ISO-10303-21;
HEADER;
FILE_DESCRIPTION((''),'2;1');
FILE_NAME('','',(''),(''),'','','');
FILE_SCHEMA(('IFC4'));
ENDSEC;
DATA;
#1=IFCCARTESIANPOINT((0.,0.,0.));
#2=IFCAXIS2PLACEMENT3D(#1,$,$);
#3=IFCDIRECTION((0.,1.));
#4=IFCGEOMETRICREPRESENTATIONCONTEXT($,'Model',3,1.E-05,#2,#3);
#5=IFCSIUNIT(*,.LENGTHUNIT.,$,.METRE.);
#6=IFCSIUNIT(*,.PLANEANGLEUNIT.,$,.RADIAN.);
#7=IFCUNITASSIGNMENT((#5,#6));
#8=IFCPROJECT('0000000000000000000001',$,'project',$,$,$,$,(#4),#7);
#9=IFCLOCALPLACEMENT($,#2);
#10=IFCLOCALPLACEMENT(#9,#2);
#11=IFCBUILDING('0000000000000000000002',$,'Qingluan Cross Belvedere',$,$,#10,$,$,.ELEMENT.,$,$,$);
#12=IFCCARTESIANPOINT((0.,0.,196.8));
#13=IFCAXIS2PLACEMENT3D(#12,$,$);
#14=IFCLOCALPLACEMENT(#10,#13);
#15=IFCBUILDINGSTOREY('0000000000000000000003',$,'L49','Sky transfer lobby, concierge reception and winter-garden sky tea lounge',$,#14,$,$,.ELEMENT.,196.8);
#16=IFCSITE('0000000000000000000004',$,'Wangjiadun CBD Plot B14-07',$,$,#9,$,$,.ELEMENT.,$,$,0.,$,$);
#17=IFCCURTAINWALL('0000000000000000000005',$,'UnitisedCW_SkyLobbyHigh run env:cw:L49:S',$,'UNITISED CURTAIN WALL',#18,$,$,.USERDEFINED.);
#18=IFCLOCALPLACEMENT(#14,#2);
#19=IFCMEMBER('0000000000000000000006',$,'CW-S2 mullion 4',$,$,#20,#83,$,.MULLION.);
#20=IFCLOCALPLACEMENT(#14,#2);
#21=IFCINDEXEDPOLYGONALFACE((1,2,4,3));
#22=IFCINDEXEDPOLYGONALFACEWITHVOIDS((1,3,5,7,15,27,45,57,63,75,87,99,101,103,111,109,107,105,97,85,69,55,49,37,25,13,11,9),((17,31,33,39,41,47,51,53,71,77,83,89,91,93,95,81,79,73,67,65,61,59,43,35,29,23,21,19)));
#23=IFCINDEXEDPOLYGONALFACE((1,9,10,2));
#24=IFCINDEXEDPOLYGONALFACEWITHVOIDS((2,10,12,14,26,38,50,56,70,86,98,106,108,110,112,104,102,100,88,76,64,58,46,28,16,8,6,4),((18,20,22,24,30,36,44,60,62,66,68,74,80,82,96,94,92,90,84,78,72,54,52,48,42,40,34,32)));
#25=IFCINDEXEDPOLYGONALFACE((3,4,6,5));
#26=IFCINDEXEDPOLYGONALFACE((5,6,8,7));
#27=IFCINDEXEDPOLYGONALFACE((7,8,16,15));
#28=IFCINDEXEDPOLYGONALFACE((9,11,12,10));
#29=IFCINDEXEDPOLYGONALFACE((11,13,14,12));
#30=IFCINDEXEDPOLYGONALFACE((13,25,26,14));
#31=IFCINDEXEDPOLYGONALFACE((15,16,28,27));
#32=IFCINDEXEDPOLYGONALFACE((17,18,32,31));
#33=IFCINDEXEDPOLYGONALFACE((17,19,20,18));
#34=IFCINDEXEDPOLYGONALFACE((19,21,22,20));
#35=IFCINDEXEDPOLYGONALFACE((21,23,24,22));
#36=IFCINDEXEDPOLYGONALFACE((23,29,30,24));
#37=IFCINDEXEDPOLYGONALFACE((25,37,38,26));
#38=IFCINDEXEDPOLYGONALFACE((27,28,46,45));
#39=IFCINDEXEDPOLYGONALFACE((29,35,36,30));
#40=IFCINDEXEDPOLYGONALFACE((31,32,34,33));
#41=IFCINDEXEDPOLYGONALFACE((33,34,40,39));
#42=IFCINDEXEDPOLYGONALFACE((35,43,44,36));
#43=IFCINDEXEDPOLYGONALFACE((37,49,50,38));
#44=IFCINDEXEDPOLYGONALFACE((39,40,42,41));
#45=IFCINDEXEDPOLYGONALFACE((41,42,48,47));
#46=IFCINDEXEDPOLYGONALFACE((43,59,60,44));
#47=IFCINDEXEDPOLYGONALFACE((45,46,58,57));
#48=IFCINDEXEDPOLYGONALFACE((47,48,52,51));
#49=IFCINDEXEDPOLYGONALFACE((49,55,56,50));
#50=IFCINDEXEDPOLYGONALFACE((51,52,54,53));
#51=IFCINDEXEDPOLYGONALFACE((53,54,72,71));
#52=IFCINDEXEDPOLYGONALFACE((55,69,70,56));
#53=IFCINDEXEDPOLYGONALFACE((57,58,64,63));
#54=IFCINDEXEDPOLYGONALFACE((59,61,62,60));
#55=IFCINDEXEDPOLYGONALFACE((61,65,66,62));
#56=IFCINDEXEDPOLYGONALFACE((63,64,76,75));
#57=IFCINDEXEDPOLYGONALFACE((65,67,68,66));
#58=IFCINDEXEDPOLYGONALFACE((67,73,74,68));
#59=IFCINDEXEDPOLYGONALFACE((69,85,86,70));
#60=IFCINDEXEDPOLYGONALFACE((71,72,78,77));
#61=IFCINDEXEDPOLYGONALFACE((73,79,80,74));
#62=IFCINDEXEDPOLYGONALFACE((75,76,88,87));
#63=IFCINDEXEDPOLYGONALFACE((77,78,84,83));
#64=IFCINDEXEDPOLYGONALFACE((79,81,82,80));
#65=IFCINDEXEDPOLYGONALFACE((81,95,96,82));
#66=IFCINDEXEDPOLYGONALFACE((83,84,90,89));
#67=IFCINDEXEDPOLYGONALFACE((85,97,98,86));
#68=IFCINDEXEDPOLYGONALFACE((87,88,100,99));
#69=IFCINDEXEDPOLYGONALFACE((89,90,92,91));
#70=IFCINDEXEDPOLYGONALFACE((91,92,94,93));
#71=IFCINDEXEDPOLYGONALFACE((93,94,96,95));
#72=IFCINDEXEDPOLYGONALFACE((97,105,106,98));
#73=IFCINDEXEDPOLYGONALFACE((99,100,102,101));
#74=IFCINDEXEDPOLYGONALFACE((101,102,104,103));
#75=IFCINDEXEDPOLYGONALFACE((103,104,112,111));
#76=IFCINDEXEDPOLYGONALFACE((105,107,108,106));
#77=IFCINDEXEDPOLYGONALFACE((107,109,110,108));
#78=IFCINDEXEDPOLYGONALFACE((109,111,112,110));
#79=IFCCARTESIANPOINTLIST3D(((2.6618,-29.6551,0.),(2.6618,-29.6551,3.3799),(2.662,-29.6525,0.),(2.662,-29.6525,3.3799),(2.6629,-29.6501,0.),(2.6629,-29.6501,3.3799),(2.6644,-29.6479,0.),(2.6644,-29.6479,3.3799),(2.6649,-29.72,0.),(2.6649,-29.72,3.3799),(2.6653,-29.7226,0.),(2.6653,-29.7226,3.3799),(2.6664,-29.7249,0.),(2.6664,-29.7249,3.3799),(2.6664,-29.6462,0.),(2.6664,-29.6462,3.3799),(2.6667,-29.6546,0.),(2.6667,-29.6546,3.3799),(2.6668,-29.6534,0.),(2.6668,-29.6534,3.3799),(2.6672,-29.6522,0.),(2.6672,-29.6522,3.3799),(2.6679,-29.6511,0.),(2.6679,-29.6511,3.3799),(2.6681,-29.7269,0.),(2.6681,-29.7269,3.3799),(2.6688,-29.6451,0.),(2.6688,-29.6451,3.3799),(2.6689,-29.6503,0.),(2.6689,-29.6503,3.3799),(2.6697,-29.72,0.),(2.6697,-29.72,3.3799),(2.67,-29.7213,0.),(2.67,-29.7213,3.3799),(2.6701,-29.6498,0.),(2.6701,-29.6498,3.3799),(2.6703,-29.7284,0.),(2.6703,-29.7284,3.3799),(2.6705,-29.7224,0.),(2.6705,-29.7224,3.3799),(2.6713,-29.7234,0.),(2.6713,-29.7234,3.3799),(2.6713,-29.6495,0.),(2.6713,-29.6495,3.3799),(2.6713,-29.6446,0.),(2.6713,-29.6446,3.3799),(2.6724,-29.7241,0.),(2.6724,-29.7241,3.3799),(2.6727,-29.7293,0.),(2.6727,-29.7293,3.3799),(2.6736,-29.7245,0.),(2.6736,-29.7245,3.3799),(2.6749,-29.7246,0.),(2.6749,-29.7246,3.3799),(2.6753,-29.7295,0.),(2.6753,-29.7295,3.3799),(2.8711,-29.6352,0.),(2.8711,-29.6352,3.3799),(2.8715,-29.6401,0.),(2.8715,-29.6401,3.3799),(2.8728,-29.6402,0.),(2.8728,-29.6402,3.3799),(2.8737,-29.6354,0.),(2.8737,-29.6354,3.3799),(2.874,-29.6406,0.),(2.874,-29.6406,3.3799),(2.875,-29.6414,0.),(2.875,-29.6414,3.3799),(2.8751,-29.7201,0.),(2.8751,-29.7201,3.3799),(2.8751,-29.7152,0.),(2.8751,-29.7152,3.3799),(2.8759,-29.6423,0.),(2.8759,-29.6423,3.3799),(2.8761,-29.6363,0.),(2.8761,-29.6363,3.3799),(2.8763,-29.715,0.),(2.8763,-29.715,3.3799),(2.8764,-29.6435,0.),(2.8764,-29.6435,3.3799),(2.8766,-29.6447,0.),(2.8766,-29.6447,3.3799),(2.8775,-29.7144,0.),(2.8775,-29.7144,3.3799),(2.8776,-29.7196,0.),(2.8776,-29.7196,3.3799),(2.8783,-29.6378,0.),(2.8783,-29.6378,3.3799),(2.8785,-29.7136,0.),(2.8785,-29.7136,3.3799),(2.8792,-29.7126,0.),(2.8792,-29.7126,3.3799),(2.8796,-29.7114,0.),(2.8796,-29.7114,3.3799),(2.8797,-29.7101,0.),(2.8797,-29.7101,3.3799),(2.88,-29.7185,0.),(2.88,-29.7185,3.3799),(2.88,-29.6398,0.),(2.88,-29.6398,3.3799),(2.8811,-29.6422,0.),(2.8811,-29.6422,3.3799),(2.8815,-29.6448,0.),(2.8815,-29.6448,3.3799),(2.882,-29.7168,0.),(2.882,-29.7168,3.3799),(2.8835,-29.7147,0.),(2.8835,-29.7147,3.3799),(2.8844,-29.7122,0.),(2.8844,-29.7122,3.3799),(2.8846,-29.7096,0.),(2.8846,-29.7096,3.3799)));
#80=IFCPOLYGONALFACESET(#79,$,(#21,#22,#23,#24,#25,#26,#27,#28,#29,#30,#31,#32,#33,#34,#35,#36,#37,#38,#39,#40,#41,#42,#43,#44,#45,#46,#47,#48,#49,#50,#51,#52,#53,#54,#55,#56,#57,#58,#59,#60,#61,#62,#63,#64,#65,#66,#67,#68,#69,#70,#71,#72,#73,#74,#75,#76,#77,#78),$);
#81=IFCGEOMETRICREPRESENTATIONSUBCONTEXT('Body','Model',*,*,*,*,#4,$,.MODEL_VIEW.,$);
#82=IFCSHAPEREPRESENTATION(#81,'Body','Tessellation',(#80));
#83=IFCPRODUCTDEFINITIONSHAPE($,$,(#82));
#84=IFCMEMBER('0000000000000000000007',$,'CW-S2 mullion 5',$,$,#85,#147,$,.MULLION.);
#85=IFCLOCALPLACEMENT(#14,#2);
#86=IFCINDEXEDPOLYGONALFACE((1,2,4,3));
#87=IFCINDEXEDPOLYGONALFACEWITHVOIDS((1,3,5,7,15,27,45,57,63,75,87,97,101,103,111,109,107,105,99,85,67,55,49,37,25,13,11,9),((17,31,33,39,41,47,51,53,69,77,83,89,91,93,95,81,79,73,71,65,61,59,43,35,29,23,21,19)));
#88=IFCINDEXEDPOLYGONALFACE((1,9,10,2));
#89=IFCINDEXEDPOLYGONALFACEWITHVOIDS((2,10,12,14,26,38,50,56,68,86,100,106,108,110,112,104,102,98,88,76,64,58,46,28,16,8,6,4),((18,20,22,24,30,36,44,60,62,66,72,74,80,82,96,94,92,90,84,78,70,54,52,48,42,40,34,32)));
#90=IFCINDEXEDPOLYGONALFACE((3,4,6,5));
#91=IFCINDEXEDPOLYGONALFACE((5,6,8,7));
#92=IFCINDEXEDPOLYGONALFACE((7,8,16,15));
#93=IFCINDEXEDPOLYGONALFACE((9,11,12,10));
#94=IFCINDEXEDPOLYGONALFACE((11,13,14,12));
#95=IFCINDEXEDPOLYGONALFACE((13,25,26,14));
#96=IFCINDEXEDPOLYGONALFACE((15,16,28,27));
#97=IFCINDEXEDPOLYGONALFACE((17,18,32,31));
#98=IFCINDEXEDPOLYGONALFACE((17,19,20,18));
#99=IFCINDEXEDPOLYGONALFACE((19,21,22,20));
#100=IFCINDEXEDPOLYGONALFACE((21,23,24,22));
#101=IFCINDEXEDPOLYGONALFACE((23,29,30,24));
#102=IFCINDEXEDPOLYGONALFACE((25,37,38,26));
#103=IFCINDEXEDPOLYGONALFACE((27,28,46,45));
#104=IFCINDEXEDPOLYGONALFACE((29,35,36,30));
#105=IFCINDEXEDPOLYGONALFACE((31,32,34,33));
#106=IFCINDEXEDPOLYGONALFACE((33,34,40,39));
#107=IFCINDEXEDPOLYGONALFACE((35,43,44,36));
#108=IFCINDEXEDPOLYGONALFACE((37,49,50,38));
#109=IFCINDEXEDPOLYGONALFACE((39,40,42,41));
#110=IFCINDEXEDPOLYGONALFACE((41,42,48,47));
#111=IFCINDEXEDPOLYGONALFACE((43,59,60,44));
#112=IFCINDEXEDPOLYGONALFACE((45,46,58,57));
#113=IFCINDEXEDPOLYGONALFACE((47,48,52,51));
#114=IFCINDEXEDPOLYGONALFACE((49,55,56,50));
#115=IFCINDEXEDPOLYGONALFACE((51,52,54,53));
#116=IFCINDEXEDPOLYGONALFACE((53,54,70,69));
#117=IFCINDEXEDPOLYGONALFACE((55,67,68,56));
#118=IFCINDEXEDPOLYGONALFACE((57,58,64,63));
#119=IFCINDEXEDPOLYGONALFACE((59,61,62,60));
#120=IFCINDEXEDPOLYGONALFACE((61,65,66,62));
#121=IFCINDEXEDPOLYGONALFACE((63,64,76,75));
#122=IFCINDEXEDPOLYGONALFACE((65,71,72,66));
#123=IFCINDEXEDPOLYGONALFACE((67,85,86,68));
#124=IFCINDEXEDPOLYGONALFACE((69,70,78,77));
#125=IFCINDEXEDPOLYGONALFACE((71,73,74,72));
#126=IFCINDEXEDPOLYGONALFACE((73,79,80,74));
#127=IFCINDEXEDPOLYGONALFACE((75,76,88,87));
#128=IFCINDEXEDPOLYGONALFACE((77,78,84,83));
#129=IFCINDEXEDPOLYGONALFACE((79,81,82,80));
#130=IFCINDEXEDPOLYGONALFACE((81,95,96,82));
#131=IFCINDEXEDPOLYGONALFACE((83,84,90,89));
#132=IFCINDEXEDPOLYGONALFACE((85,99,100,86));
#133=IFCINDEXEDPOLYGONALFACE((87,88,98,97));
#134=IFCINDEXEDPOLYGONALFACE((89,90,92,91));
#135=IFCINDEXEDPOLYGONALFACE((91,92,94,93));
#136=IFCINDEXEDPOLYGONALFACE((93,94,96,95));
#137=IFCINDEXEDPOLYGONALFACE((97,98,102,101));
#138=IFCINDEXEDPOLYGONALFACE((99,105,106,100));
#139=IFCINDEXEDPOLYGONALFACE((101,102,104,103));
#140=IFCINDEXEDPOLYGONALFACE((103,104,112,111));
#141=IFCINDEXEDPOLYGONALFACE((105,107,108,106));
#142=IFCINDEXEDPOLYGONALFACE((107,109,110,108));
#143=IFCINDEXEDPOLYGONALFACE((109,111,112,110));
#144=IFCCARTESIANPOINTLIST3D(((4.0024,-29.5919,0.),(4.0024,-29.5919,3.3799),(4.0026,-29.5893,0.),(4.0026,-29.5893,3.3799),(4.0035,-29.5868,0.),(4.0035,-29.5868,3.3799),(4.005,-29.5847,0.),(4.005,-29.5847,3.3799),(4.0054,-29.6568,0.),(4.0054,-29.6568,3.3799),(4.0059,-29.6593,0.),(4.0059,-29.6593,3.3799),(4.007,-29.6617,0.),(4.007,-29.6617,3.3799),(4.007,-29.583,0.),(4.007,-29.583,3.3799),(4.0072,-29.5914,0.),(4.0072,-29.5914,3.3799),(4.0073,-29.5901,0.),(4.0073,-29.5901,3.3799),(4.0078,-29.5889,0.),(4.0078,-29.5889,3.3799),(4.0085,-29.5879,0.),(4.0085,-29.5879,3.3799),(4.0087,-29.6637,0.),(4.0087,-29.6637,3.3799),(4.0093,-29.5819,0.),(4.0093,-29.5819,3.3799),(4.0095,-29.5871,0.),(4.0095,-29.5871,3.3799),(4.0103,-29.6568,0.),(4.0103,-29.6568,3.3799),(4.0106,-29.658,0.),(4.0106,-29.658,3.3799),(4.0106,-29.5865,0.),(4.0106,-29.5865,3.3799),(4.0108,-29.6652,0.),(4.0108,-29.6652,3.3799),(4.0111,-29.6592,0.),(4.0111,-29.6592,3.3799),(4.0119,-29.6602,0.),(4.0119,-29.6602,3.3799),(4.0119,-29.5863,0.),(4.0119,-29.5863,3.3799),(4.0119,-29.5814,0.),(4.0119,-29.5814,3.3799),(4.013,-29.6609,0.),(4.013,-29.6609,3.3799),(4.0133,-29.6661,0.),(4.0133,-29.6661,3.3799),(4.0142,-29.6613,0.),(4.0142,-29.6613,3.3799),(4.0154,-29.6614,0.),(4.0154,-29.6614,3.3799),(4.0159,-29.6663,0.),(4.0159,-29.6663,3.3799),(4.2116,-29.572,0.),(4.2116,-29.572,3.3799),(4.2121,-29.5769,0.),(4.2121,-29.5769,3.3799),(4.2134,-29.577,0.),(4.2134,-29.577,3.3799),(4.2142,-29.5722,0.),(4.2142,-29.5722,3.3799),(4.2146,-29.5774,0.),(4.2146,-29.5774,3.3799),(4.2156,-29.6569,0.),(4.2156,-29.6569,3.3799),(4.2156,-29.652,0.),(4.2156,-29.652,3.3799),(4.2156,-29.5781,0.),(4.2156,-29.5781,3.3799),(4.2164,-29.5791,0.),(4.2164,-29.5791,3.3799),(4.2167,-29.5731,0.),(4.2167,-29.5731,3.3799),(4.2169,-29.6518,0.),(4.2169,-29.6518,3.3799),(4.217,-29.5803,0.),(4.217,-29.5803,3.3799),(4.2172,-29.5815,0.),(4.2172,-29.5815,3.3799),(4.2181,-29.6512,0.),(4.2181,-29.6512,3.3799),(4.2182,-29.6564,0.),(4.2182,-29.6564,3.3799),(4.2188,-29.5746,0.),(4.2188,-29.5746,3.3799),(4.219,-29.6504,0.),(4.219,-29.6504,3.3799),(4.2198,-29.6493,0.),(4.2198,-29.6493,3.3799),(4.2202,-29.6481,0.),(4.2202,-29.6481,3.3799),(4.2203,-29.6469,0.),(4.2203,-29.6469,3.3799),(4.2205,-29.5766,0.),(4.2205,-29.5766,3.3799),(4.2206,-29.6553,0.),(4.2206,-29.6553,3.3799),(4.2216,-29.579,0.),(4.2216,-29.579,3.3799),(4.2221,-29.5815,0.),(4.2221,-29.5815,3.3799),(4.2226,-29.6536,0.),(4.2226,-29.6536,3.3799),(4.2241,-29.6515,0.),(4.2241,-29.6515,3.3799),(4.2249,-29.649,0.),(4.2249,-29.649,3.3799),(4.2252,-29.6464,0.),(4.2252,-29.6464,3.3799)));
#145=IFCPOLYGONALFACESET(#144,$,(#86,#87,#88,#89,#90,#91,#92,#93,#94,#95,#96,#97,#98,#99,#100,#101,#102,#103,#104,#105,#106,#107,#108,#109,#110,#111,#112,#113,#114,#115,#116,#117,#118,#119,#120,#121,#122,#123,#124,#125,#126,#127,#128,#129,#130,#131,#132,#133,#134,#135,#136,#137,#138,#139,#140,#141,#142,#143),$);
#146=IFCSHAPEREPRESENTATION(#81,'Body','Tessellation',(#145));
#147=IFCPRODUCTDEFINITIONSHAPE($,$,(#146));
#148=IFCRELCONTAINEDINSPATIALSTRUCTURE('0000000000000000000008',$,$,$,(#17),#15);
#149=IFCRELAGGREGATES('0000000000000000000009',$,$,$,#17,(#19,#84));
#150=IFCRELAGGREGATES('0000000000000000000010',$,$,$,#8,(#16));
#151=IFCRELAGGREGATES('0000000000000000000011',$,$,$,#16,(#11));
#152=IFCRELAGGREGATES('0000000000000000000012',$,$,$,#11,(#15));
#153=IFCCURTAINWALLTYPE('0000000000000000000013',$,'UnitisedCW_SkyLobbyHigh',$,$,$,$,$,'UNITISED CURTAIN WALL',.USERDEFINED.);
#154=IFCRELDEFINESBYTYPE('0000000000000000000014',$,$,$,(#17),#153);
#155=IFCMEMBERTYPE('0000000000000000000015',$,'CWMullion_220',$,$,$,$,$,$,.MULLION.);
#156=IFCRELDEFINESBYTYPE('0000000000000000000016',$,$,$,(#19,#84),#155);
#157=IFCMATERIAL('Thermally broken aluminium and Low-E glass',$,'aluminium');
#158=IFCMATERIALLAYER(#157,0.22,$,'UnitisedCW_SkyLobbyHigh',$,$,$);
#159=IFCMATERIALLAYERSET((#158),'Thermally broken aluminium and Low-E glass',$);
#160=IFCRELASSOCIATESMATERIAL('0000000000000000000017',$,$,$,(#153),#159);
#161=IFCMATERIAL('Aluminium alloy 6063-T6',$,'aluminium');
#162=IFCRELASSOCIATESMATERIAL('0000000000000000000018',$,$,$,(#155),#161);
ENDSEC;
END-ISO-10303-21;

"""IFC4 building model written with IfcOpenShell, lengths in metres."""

from ifc_helpers import new_model, si_unit, direction, frame, origin, origin_2d, place, context, subcontext, project, spatial, hollow_rectangle, extrude, material, layer, layer_set, material_profile, profile_set, type_object, element, aggregate, save


model = new_model("IFC4")

# Units and contexts
model_context = context("Model", 3, precision=1e-05, world=origin(), true_north=direction((0.0, 1.0)))
body_context = subcontext(model_context, "Body", "Model", "MODEL_VIEW")
ifc_project = project(units=[si_unit("LENGTHUNIT", "METRE"), si_unit("PLANEANGLEUNIT", "RADIAN")], contexts=[model_context])

# Site, building, storey
site_placement = place(None, origin())
site = spatial("IfcSite", under=ifc_project, at=site_placement, Name="Wangjiadun CBD Plot B14-07", CompositionType="ELEMENT", RefElevation=0.0)
building_placement = place(site_placement, origin())
building = spatial("IfcBuilding", under=site, at=building_placement, Name="Qingluan Cross Belvedere", CompositionType="ELEMENT")
storey_placement = place(building_placement, frame((0.0, 0.0, 196.8)))
storey = spatial("IfcBuildingStorey", under=building, at=storey_placement, Name="L49", Description="Sky transfer lobby, concierge reception and winter-garden sky tea lounge", CompositionType="ELEMENT", Elevation=196.8)

# Curtain wall, members
ifc_material_1 = material(Name="Thermally broken aluminium and Low-E glass", Category="aluminium")
ifc_layer_1 = layer(ifc_material_1, 0.22, Name="UnitisedCW_SkyLobbyHigh")
ifc_layer_set_1 = layer_set([ifc_layer_1], Name="Thermally broken aluminium and Low-E glass")
curtain_wall_type = type_object("IfcCurtainWallType", Name="UnitisedCW_SkyLobbyHigh", ElementType="UNITISED CURTAIN WALL", PredefinedType="USERDEFINED", material=ifc_layer_set_1)
curtain_wall_placement = place(storey_placement, origin())
curtain_wall = element("IfcCurtainWall", 1, at=curtain_wall_placement, inside=storey, type_object=curtain_wall_type, Name="UnitisedCW_SkyLobbyHigh run env:cw:L49:S", ObjectType="UNITISED CURTAIN WALL", PredefinedType="USERDEFINED")
ifc_material_2 = material(Name="Aluminium alloy 6063-T6", Category="aluminium")
ifc_material_profile_1 = material_profile(ifc_material_2, hollow_rectangle(XDim=0.085, YDim=0.22, WallThickness=0.0049, InnerFilletRadius=0.0049, OuterFilletRadius=0.01, at=origin_2d()), Name="CWM220x85x5")
ifc_profile_set_1 = profile_set([ifc_material_profile_1], Name="Aluminium alloy 6063-T6")
member_type_1 = type_object("IfcMemberType", Name="CWMullion_220", PredefinedType="MULLION", material=ifc_profile_set_1)
member_1_placement = place(storey_placement, frame((2.7732, -29.6824, 0.0), z_axis=(0.0, 0.0, 1.0), x_axis=(-0.047102, 0.99889, 0.0)))
member_1 = element("IfcMember", 2, at=member_1_placement, type_object=member_type_1, Name="CW-S2 mullion 4", PredefinedType="MULLION", context=body_context, shape_type="SweptSolid", body=[
    extrude(hollow_rectangle(XDim=0.085, YDim=0.22, WallThickness=0.0049, InnerFilletRadius=0.0049, OuterFilletRadius=0.01, at=origin_2d()), origin(), (0.0, 0.0, 1.0), 3.3799),
])
member_2_placement = place(storey_placement, frame((4.1138, -29.6191, 0.0), z_axis=(0.0, 0.0, 1.0), x_axis=(-0.047102, 0.99889, 0.0)))
member_2 = element("IfcMember", 3, at=member_2_placement, type_object=member_type_1, Name="CW-S2 mullion 5", PredefinedType="MULLION", context=body_context, shape_type="SweptSolid", body=[
    extrude(hollow_rectangle(XDim=0.085, YDim=0.22, WallThickness=0.0049, InnerFilletRadius=0.0049, OuterFilletRadius=0.01, at=origin_2d()), origin(), (0.0, 0.0, 1.0), 3.3799),
])
aggregate(curtain_wall, [member_1, member_2])

save(model, "model.ifc")
